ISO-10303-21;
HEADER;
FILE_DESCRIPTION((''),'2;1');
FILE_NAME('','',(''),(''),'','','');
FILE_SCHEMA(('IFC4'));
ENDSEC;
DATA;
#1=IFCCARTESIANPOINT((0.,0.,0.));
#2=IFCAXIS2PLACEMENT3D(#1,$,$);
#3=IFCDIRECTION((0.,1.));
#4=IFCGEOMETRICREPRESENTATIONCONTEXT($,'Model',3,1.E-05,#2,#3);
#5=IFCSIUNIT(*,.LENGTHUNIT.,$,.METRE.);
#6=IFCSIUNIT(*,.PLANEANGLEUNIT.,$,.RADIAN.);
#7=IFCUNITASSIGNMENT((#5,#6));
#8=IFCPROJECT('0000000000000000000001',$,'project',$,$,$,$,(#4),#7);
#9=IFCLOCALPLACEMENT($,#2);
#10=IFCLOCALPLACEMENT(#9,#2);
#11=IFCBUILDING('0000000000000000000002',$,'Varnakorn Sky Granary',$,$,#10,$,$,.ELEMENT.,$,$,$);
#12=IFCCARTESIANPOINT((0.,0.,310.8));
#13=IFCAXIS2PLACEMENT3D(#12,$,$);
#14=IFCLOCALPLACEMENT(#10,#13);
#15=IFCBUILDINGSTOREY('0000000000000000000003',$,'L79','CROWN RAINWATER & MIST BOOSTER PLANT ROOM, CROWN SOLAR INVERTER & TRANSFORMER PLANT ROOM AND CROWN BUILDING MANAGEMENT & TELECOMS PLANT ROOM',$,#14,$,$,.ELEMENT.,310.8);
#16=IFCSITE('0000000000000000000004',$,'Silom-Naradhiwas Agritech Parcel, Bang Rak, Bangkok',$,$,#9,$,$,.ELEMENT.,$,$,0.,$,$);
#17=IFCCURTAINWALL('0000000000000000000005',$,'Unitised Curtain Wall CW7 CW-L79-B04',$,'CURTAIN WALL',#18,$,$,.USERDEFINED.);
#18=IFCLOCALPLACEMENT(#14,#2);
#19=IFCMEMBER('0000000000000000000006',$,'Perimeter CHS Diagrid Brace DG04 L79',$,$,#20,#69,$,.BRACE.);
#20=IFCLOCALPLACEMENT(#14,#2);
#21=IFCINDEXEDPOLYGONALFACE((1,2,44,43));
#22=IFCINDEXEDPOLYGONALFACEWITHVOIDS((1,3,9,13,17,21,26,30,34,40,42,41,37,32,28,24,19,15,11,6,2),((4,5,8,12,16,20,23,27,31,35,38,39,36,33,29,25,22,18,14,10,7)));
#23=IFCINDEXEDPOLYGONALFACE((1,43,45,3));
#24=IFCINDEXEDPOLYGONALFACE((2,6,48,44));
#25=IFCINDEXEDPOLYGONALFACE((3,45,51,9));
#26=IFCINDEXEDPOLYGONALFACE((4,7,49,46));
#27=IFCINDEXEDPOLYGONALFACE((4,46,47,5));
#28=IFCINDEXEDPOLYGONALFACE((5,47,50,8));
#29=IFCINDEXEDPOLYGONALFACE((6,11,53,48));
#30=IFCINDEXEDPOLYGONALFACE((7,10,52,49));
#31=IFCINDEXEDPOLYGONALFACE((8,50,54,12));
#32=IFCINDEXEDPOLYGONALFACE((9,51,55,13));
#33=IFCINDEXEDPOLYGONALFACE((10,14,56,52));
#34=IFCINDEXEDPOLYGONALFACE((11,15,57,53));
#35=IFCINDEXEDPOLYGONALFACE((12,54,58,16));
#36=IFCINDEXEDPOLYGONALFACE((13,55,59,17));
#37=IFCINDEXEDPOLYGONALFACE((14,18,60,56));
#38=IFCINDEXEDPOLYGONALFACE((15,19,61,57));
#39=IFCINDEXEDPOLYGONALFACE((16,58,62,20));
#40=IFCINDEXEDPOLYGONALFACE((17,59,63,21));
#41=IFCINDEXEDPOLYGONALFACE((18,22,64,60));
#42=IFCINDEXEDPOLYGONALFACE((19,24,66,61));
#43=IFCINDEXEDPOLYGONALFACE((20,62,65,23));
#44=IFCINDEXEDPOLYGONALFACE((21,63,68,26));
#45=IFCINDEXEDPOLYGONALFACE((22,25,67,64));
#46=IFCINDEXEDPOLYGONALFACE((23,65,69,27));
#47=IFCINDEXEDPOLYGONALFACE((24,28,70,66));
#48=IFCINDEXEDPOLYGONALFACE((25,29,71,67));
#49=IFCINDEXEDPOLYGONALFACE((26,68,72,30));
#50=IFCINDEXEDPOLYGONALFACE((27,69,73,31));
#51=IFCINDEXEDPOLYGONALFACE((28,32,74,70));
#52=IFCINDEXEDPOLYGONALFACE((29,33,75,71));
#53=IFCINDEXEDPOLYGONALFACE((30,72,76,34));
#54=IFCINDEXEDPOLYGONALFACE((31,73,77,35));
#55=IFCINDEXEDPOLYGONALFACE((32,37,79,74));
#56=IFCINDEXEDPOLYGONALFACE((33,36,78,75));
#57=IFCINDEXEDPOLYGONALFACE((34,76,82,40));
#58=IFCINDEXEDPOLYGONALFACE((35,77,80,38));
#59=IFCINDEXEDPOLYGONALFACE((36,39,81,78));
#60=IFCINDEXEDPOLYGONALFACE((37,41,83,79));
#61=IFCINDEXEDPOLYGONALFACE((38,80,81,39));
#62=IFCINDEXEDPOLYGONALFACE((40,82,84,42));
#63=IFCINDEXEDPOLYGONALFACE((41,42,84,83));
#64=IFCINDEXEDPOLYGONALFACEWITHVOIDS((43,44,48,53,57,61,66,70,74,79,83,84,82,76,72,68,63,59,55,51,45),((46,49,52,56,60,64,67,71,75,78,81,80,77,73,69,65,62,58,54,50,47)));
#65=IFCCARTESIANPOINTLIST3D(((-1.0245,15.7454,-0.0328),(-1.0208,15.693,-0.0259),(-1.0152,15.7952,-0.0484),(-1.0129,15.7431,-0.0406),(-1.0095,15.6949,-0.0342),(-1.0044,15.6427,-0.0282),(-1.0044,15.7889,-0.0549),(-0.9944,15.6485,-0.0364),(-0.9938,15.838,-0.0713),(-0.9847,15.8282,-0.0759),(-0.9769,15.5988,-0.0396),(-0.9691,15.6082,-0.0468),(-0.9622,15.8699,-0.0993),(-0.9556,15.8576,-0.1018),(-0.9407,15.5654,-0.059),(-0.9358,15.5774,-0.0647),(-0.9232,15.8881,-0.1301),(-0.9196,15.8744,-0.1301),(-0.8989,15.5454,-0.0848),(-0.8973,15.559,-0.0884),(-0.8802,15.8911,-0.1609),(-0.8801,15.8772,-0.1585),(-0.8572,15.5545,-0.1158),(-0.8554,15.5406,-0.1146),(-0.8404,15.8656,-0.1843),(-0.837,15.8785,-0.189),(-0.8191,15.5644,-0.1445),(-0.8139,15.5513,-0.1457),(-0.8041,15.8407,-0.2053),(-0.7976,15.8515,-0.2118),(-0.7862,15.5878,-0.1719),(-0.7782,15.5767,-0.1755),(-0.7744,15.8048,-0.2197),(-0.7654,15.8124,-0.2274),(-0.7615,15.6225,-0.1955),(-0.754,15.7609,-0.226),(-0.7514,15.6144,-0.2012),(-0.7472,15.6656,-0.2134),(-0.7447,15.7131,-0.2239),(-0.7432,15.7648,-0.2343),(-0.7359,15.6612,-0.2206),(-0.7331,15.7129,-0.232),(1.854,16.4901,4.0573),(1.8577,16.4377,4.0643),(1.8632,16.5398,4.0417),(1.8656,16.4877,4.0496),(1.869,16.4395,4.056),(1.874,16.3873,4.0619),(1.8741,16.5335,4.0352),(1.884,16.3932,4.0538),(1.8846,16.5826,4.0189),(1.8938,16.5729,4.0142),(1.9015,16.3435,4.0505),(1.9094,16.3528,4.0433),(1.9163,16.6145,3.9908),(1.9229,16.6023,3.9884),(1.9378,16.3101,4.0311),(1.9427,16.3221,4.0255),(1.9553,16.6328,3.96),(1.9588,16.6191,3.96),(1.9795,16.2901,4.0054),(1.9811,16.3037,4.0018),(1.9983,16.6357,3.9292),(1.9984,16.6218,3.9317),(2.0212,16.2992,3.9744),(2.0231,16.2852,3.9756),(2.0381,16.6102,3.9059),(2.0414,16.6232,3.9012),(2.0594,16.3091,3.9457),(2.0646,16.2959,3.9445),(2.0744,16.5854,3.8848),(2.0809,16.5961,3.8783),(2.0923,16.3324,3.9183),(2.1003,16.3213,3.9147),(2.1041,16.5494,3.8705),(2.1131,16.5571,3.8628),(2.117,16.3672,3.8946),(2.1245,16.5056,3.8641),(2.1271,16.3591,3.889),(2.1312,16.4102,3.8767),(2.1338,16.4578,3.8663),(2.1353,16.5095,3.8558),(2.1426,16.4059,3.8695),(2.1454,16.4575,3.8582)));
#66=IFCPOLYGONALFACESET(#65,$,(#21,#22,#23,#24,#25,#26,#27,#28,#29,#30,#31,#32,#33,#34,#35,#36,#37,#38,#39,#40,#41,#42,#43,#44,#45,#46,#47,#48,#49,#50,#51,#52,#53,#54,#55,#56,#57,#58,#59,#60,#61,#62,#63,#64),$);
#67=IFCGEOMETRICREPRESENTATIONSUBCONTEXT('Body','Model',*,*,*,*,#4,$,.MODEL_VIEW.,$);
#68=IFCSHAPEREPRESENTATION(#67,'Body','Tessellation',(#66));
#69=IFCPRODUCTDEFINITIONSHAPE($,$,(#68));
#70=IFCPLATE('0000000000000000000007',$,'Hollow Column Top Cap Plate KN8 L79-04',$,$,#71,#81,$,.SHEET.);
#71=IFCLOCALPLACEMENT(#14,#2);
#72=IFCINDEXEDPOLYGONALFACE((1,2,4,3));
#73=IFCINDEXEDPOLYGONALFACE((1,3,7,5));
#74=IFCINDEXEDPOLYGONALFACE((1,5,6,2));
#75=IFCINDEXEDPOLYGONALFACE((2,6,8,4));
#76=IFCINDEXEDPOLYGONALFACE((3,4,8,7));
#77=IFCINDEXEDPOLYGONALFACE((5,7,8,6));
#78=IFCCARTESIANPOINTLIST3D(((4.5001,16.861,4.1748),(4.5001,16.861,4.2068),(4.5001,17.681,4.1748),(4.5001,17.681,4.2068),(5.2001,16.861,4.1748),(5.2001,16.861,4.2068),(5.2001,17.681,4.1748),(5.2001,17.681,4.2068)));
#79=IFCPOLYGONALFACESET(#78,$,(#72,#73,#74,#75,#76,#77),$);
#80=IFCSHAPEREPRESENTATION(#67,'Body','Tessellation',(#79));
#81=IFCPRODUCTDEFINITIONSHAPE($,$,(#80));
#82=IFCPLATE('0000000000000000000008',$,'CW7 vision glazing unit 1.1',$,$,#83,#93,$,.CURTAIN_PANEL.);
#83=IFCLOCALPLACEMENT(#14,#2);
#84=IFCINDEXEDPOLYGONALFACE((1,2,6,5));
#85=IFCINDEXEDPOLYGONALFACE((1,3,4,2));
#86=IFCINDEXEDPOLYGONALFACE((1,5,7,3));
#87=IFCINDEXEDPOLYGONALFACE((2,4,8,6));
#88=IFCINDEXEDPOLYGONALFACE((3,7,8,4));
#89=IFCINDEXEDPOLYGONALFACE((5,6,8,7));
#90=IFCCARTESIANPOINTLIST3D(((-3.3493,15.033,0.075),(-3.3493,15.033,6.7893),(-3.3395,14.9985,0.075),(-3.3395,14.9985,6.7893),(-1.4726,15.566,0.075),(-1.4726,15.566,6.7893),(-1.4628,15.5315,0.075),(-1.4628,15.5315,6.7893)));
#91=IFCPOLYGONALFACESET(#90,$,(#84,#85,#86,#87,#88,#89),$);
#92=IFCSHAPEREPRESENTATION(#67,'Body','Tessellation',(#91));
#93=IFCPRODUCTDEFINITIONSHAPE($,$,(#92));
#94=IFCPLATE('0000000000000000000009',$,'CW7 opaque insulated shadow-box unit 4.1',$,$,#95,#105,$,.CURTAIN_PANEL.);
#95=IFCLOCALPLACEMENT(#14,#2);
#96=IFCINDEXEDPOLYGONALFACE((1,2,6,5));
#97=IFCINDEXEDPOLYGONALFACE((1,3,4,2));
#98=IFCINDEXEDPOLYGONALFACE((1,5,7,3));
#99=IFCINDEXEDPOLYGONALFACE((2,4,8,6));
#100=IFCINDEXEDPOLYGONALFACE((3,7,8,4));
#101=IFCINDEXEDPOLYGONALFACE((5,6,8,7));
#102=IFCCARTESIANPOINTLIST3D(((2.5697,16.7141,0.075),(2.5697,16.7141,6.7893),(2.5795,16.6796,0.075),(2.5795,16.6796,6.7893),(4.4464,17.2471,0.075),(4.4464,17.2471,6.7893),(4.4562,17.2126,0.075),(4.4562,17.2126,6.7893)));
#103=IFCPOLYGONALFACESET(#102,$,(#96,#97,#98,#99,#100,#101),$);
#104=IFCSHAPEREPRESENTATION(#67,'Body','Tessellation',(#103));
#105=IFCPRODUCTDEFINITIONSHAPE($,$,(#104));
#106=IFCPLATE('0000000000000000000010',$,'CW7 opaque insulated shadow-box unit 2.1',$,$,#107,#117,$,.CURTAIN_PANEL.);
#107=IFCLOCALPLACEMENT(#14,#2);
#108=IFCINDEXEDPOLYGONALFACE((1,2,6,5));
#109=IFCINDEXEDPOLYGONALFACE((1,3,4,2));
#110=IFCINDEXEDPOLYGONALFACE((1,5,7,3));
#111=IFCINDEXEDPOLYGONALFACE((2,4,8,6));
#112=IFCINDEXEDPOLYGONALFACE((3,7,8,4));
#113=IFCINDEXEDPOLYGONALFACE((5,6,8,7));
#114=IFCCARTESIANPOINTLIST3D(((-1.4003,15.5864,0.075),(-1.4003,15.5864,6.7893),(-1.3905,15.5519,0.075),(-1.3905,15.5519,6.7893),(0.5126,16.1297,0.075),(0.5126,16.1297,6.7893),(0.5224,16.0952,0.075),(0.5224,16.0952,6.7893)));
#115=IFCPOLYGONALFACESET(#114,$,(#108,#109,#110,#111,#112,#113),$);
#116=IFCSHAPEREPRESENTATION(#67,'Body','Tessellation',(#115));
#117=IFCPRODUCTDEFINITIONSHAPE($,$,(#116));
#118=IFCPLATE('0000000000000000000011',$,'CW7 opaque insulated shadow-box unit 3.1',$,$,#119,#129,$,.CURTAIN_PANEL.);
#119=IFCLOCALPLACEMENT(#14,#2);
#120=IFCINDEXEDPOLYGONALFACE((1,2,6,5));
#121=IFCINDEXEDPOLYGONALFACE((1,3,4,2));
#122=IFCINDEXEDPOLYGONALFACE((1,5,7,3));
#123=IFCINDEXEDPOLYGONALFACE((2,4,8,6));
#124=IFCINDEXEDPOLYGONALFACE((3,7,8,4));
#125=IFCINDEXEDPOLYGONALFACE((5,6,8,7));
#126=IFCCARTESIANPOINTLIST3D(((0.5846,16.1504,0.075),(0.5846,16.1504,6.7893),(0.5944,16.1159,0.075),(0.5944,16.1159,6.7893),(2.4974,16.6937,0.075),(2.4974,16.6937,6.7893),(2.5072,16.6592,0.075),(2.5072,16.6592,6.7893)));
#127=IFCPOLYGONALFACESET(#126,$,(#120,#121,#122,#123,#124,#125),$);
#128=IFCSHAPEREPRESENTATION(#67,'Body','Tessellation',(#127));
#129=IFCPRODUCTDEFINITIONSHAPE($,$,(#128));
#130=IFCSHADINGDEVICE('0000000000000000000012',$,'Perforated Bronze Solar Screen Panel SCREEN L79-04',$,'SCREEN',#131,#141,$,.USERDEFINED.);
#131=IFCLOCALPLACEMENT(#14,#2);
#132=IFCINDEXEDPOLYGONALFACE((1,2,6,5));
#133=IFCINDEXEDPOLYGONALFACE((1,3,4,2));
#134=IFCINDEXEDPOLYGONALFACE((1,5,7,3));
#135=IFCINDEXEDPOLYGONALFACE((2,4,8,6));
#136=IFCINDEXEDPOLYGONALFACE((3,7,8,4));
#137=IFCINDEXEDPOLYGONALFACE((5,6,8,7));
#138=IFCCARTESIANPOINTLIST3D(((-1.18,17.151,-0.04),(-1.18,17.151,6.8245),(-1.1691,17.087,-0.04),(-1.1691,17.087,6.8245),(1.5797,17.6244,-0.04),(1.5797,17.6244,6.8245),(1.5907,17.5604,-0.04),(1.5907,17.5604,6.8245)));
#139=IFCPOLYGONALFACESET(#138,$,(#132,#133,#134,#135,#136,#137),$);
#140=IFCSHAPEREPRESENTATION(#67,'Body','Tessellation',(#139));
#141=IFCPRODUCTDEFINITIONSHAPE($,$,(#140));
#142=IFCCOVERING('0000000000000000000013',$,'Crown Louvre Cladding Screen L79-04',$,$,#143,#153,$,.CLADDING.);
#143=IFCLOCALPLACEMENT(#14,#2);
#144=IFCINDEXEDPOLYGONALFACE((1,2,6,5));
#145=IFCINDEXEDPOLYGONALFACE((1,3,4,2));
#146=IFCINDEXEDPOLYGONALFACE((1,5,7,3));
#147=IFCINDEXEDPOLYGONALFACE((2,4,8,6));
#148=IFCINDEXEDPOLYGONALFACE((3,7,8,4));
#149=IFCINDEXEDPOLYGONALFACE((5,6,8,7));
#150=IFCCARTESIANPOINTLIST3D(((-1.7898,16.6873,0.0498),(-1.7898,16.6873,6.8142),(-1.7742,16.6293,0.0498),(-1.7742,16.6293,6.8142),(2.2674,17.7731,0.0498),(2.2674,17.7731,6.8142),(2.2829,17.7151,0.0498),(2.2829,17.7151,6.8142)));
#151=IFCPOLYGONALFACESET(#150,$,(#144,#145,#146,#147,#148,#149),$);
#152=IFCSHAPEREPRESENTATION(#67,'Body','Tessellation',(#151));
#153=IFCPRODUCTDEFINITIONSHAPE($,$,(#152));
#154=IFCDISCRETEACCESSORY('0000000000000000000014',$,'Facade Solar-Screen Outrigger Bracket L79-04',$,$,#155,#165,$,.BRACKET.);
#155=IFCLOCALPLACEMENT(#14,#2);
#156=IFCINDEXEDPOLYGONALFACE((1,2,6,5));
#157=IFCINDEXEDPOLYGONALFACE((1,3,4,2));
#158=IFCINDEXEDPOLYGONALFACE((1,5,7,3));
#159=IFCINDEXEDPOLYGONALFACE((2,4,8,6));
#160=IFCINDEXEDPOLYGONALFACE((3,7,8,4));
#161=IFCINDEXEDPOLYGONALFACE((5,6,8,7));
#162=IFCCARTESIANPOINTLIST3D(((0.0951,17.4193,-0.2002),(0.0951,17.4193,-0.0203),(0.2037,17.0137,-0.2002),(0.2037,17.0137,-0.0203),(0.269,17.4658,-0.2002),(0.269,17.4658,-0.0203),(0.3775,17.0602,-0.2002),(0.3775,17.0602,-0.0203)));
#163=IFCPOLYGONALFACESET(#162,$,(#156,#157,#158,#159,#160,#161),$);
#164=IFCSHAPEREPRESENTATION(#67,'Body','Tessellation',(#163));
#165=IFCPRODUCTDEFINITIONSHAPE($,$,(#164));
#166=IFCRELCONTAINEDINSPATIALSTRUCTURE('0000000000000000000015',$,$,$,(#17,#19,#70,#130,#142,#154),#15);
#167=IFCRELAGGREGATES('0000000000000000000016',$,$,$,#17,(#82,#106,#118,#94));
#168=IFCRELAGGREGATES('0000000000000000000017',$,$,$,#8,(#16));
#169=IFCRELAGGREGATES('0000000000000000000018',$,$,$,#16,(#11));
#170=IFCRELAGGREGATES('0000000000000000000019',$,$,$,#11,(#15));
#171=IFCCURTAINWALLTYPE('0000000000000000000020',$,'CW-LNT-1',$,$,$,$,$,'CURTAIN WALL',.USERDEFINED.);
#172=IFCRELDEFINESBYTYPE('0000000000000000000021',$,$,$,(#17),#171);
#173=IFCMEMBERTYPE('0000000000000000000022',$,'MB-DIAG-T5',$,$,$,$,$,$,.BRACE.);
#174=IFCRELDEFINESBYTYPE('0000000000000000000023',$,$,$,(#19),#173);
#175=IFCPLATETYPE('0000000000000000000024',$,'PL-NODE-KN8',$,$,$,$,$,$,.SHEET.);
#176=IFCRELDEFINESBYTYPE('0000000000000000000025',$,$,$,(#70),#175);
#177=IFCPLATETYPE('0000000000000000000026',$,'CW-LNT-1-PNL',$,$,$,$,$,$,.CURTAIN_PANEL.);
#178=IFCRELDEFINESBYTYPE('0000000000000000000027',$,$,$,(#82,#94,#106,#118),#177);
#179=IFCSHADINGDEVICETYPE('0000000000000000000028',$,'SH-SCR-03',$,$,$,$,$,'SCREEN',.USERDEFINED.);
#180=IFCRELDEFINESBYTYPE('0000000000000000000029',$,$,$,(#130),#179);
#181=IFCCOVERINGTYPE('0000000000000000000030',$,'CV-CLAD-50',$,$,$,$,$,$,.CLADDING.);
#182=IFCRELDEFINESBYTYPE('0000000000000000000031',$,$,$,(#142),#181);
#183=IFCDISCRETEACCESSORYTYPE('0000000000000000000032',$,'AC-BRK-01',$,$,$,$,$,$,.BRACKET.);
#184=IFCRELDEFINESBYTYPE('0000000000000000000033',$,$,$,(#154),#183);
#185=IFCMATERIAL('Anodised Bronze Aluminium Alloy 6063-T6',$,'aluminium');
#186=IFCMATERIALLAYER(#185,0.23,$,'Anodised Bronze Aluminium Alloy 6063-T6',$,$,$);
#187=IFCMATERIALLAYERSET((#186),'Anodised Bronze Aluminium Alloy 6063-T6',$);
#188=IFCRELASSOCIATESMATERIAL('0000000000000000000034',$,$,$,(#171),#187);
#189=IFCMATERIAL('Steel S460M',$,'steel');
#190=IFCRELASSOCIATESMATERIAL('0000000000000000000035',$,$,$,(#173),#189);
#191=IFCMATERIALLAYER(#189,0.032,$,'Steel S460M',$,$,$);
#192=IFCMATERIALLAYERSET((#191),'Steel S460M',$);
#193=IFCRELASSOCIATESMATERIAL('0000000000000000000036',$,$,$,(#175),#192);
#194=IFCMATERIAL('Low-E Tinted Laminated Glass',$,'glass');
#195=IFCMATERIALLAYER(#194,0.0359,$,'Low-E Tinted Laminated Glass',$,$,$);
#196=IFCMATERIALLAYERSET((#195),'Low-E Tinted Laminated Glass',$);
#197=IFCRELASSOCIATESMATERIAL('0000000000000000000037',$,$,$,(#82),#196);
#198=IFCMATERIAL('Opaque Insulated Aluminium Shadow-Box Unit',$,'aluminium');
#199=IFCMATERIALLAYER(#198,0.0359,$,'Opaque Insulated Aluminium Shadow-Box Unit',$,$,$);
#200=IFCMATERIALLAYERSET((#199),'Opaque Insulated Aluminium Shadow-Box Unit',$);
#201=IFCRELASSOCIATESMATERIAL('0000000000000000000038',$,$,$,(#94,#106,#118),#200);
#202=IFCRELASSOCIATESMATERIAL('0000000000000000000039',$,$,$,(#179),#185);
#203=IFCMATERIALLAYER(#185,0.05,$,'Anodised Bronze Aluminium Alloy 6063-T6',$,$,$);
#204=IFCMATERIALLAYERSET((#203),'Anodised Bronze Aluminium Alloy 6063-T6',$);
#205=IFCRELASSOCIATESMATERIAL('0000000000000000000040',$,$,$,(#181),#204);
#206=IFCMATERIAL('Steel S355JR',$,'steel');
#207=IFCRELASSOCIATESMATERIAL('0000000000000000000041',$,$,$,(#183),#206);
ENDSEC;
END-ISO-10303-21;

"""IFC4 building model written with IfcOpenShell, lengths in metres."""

from ifc_helpers import new_model, si_unit, direction, frame, origin, origin_2d, place, context, subcontext, project, spatial, rectangle, hollow_circle, extrude, source, transform, mapped, material, layer, layer_set, material_profile, profile_set, type_object, type_shapes, element, aggregate, save


model = new_model("IFC4")

# Units and contexts
model_context = context("Model", 3, precision=1e-05, world=origin(), true_north=direction((0.0, 1.0)))
body_context = subcontext(model_context, "Body", "Model", "MODEL_VIEW")
ifc_project = project(units=[si_unit("LENGTHUNIT", "METRE"), si_unit("PLANEANGLEUNIT", "RADIAN")], contexts=[model_context])

# Site, building, storey
site_placement = place(None, origin())
site = spatial("IfcSite", under=ifc_project, at=site_placement, Name="Silom-Naradhiwas Agritech Parcel, Bang Rak, Bangkok", CompositionType="ELEMENT", RefElevation=0.0)
building_placement = place(site_placement, origin())
building = spatial("IfcBuilding", under=site, at=building_placement, Name="Varnakorn Sky Granary", CompositionType="ELEMENT")
storey_placement = place(building_placement, frame((0.0, 0.0, 310.8)))
storey = spatial("IfcBuildingStorey", under=building, at=storey_placement, Name="L79", Description="CROWN RAINWATER & MIST BOOSTER PLANT ROOM, CROWN SOLAR INVERTER & TRANSFORMER PLANT ROOM AND CROWN BUILDING MANAGEMENT & TELECOMS PLANT ROOM", CompositionType="ELEMENT", Elevation=310.8)

# Shared definitions
ifc_material_1 = material(Name="Steel S460M", Category="steel")

# Shared definitions
ifc_material_2 = material(Name="Steel S355JR", Category="steel")

# Shared definitions
ifc_material_3 = material(Name="Anodised Bronze Aluminium Alloy 6063-T6", Category="aluminium")
ifc_layer_1 = layer(ifc_material_3, 0.23, Name="Anodised Bronze Aluminium Alloy 6063-T6")
ifc_layer_set_1 = layer_set([ifc_layer_1], Name="Anodised Bronze Aluminium Alloy 6063-T6")
curtain_wall_type = type_object("IfcCurtainWallType", Name="CW-LNT-1", ElementType="CURTAIN WALL", PredefinedType="USERDEFINED", material=ifc_layer_set_1)

# Curtain wall
curtain_wall_1_placement = place(storey_placement, origin())
curtain_wall_1 = element("IfcCurtainWall", 1, at=curtain_wall_1_placement, inside=storey, type_object=curtain_wall_type, Name="Unitised Curtain Wall CW7 CW-L79-B04", ObjectType="CURTAIN WALL", PredefinedType="USERDEFINED")

# Member
ifc_material_profile_1 = material_profile(ifc_material_1, hollow_circle(Radius=0.1777, WallThickness=0.0142, at=origin_2d()), Name="CHS 355.6x14")
ifc_profile_set_1 = profile_set([ifc_material_profile_1], Name="Steel S460M")
member_type_1 = type_object("IfcMemberType", Name="MB-DIAG-T5", PredefinedType="BRACE", material=ifc_profile_set_1)
member_1_placement = place(storey_placement, frame((-0.8787, 15.7161, -0.1301), z_axis=(0.569247, 0.147261, 0.808871), x_axis=(-0.250449, 0.96813, 0.0)))
element("IfcMember", 2, at=member_1_placement, inside=storey, type_object=member_type_1, Name="Perimeter CHS Diagrid Brace DG04 L79", PredefinedType="BRACE", context=body_context, shape_type="SweptSolid", body=[
    extrude(hollow_circle(Radius=0.1777, WallThickness=0.0142, at=origin_2d()), origin(), (0.0, 0.0, 1.0), 5.0566),
])

# Plates
ifc_layer_2 = layer(ifc_material_1, 0.032, Name="Steel S460M")
ifc_layer_set_2 = layer_set([ifc_layer_2], Name="Steel S460M")
plate_type_1 = type_object("IfcPlateType", Name="PL-NODE-KN8", PredefinedType="SHEET", material=ifc_layer_set_2)
plate_1_placement = place(storey_placement, frame((4.8501, 17.271, 4.1748), z_axis=(0.0, 0.0, 1.0), x_axis=(1.0, 0.0, 0.0)))
element("IfcPlate", 3, at=plate_1_placement, inside=storey, type_object=plate_type_1, Name="Hollow Column Top Cap Plate KN8 L79-04", PredefinedType="SHEET", context=body_context, shape_type="SweptSolid", body=[
    extrude(rectangle(XDim=0.7, YDim=0.8201, at=origin_2d()), origin(), (0.0, 0.0, 1.0), 0.032),
])
ifc_material_4 = material(Name="Low-E Tinted Laminated Glass", Category="glass")
ifc_layer_3 = layer(ifc_material_4, 0.0359, Name="Low-E Tinted Laminated Glass")
ifc_layer_set_3 = layer_set([ifc_layer_3], Name="Low-E Tinted Laminated Glass")
plate_type_2 = type_object("IfcPlateType", Name="CW-LNT-1-PNL", PredefinedType="CURTAIN_PANEL")
shared_shape_1 = source(origin(), body_context, "Body", "SweptSolid", [
    extrude(rectangle(XDim=1.9509, YDim=0.0359, at=origin_2d()), origin(), (0.0, 0.0, 1.0), 6.7144),
])
plate_2_placement = place(storey_placement, frame((-2.406, 15.2822, 0.075), z_axis=(0.0, 0.0, 1.0), x_axis=(0.961955, 0.273207, 0.0)))
plate_2 = element("IfcPlate", 4, at=plate_2_placement, type_object=plate_type_2, material=ifc_layer_set_3, Name="CW7 vision glazing unit 1.1", PredefinedType="CURTAIN_PANEL", context=body_context, shape_type="MappedRepresentation", body=[
    mapped(shared_shape_1, transform((0.0, 0.0, 0.0), x_axis=(1.0, 0.0, 0.0), y_axis=(0.0, 1.0, 0.0), z_axis=(0.0, 0.0, 1.0), scale=1.0)),
])
ifc_material_5 = material(Name="Opaque Insulated Aluminium Shadow-Box Unit", Category="aluminium")
ifc_layer_4 = layer(ifc_material_5, 0.0359, Name="Opaque Insulated Aluminium Shadow-Box Unit")
ifc_layer_set_4 = layer_set([ifc_layer_4], Name="Opaque Insulated Aluminium Shadow-Box Unit")
plate_3_placement = place(storey_placement, frame((3.5129, 16.9634, 0.075), z_axis=(0.0, 0.0, 1.0), x_axis=(0.961955, 0.273207, 0.0)))
plate_3 = element("IfcPlate", 5, at=plate_3_placement, type_object=plate_type_2, material=ifc_layer_set_4, Name="CW7 opaque insulated shadow-box unit 4.1", PredefinedType="CURTAIN_PANEL", context=body_context, shape_type="MappedRepresentation", body=[
    mapped(shared_shape_1, transform((0.0, 0.0, 0.0), x_axis=(1.0, 0.0, 0.0), y_axis=(0.0, 1.0, 0.0), z_axis=(0.0, 0.0, 1.0), scale=1.0)),
])
shared_shape_2 = source(origin(), body_context, "Body", "SweptSolid", [
    extrude(rectangle(XDim=1.9885, YDim=0.0359, at=origin_2d()), origin(), (0.0, 0.0, 1.0), 6.7144),
])
type_shapes(plate_type_2, [shared_shape_1, shared_shape_2])
plate_4_placement = place(storey_placement, frame((-0.439, 15.8408, 0.075), z_axis=(0.0, 0.0, 1.0), x_axis=(0.961955, 0.273207, 0.0)))
plate_4 = element("IfcPlate", 6, at=plate_4_placement, type_object=plate_type_2, material=ifc_layer_set_4, Name="CW7 opaque insulated shadow-box unit 2.1", PredefinedType="CURTAIN_PANEL", context=body_context, shape_type="MappedRepresentation", body=[
    mapped(shared_shape_2, transform((0.0, 0.0, 0.0), x_axis=(1.0, 0.0, 0.0), y_axis=(0.0, 1.0, 0.0), z_axis=(0.0, 0.0, 1.0), scale=1.0)),
])
plate_5_placement = place(storey_placement, frame((1.5459, 16.4048, 0.075), z_axis=(0.0, 0.0, 1.0), x_axis=(0.961955, 0.273207, 0.0)))
plate_5 = element("IfcPlate", 7, at=plate_5_placement, type_object=plate_type_2, material=ifc_layer_set_4, Name="CW7 opaque insulated shadow-box unit 3.1", PredefinedType="CURTAIN_PANEL", context=body_context, shape_type="MappedRepresentation", body=[
    mapped(shared_shape_2, transform((0.0, 0.0, 0.0), x_axis=(1.0, 0.0, 0.0), y_axis=(0.0, 1.0, 0.0), z_axis=(0.0, 0.0, 1.0), scale=1.0)),
])
aggregate(curtain_wall_1, [plate_2, plate_4, plate_5, plate_3])

# Shading device
shading_device_type = type_object("IfcShadingDeviceType", Name="SH-SCR-03", ElementType="SCREEN", PredefinedType="USERDEFINED", material=ifc_material_3)
shared_shape_3 = source(origin(), body_context, "Body", "SweptSolid", [
    extrude(rectangle(XDim=2.8, YDim=0.0649, at=origin_2d()), origin(), (0.0, 0.0, 1.0), 6.8645),
])
type_shapes(shading_device_type, [shared_shape_3])
shading_device_placement = place(storey_placement, frame((0.2053, 17.3557, -0.04), z_axis=(0.0, 0.0, 1.0), x_axis=(-0.985608, -0.169047, 0.0)))
element("IfcShadingDevice", 8, at=shading_device_placement, inside=storey, type_object=shading_device_type, Name="Perforated Bronze Solar Screen Panel SCREEN L79-04", ObjectType="SCREEN", PredefinedType="USERDEFINED", context=body_context, shape_type="MappedRepresentation", body=[
    mapped(shared_shape_3, transform((0.0, 0.0, 0.0), x_axis=(1.0, 0.0, 0.0), y_axis=(0.0, 1.0, 0.0), z_axis=(0.0, 0.0, 1.0), scale=1.0)),
])

# Covering
ifc_layer_5 = layer(ifc_material_3, 0.05, Name="Anodised Bronze Aluminium Alloy 6063-T6")
ifc_layer_set_5 = layer_set([ifc_layer_5], Name="Anodised Bronze Aluminium Alloy 6063-T6")
covering_type = type_object("IfcCoveringType", Name="CV-CLAD-50", PredefinedType="CLADDING", material=ifc_layer_set_5)
shared_shape_4 = source(origin(), body_context, "Body", "SweptSolid", [
    extrude(rectangle(XDim=4.2, YDim=0.0601, at=origin_2d()), origin(), (0.0, 0.0, 1.0), 6.7644),
])
type_shapes(covering_type, [shared_shape_4])
covering_placement = place(storey_placement, frame((0.2466, 17.2012, 0.0498), z_axis=(0.0, 0.0, 1.0), x_axis=(-0.966005, -0.258522, 0.0)))
element("IfcCovering", 9, at=covering_placement, inside=storey, type_object=covering_type, Name="Crown Louvre Cladding Screen L79-04", PredefinedType="CLADDING", context=body_context, shape_type="MappedRepresentation", body=[
    mapped(shared_shape_4, transform((0.0, 0.0, 0.0), x_axis=(1.0, 0.0, 0.0), y_axis=(0.0, 1.0, 0.0), z_axis=(0.0, 0.0, 1.0), scale=1.0)),
])

# Discrete accessory
discrete_accessory_type = type_object("IfcDiscreteAccessoryType", Name="AC-BRK-01", PredefinedType="BRACKET", material=ifc_material_2)
shared_shape_5 = source(origin(), body_context, "Body", "SweptSolid", [
    extrude(rectangle(XDim=0.1799, YDim=0.4199, at=origin_2d()), origin(), (0.0, 0.0, 1.0), 0.1799),
])
type_shapes(discrete_accessory_type, [shared_shape_5])
discrete_accessory_placement = place(storey_placement, frame((0.2363, 17.2397, -0.2002), z_axis=(0.0, 0.0, 1.0), x_axis=(-0.966005, -0.258522, 0.0)))
element("IfcDiscreteAccessory", 10, at=discrete_accessory_placement, inside=storey, type_object=discrete_accessory_type, Name="Facade Solar-Screen Outrigger Bracket L79-04", PredefinedType="BRACKET", context=body_context, shape_type="MappedRepresentation", body=[
    mapped(shared_shape_5, transform((0.0, 0.0, 0.0), x_axis=(1.0, 0.0, 0.0), y_axis=(0.0, 1.0, 0.0), z_axis=(0.0, 0.0, 1.0), scale=1.0)),
])

save(model, "model.ifc")
